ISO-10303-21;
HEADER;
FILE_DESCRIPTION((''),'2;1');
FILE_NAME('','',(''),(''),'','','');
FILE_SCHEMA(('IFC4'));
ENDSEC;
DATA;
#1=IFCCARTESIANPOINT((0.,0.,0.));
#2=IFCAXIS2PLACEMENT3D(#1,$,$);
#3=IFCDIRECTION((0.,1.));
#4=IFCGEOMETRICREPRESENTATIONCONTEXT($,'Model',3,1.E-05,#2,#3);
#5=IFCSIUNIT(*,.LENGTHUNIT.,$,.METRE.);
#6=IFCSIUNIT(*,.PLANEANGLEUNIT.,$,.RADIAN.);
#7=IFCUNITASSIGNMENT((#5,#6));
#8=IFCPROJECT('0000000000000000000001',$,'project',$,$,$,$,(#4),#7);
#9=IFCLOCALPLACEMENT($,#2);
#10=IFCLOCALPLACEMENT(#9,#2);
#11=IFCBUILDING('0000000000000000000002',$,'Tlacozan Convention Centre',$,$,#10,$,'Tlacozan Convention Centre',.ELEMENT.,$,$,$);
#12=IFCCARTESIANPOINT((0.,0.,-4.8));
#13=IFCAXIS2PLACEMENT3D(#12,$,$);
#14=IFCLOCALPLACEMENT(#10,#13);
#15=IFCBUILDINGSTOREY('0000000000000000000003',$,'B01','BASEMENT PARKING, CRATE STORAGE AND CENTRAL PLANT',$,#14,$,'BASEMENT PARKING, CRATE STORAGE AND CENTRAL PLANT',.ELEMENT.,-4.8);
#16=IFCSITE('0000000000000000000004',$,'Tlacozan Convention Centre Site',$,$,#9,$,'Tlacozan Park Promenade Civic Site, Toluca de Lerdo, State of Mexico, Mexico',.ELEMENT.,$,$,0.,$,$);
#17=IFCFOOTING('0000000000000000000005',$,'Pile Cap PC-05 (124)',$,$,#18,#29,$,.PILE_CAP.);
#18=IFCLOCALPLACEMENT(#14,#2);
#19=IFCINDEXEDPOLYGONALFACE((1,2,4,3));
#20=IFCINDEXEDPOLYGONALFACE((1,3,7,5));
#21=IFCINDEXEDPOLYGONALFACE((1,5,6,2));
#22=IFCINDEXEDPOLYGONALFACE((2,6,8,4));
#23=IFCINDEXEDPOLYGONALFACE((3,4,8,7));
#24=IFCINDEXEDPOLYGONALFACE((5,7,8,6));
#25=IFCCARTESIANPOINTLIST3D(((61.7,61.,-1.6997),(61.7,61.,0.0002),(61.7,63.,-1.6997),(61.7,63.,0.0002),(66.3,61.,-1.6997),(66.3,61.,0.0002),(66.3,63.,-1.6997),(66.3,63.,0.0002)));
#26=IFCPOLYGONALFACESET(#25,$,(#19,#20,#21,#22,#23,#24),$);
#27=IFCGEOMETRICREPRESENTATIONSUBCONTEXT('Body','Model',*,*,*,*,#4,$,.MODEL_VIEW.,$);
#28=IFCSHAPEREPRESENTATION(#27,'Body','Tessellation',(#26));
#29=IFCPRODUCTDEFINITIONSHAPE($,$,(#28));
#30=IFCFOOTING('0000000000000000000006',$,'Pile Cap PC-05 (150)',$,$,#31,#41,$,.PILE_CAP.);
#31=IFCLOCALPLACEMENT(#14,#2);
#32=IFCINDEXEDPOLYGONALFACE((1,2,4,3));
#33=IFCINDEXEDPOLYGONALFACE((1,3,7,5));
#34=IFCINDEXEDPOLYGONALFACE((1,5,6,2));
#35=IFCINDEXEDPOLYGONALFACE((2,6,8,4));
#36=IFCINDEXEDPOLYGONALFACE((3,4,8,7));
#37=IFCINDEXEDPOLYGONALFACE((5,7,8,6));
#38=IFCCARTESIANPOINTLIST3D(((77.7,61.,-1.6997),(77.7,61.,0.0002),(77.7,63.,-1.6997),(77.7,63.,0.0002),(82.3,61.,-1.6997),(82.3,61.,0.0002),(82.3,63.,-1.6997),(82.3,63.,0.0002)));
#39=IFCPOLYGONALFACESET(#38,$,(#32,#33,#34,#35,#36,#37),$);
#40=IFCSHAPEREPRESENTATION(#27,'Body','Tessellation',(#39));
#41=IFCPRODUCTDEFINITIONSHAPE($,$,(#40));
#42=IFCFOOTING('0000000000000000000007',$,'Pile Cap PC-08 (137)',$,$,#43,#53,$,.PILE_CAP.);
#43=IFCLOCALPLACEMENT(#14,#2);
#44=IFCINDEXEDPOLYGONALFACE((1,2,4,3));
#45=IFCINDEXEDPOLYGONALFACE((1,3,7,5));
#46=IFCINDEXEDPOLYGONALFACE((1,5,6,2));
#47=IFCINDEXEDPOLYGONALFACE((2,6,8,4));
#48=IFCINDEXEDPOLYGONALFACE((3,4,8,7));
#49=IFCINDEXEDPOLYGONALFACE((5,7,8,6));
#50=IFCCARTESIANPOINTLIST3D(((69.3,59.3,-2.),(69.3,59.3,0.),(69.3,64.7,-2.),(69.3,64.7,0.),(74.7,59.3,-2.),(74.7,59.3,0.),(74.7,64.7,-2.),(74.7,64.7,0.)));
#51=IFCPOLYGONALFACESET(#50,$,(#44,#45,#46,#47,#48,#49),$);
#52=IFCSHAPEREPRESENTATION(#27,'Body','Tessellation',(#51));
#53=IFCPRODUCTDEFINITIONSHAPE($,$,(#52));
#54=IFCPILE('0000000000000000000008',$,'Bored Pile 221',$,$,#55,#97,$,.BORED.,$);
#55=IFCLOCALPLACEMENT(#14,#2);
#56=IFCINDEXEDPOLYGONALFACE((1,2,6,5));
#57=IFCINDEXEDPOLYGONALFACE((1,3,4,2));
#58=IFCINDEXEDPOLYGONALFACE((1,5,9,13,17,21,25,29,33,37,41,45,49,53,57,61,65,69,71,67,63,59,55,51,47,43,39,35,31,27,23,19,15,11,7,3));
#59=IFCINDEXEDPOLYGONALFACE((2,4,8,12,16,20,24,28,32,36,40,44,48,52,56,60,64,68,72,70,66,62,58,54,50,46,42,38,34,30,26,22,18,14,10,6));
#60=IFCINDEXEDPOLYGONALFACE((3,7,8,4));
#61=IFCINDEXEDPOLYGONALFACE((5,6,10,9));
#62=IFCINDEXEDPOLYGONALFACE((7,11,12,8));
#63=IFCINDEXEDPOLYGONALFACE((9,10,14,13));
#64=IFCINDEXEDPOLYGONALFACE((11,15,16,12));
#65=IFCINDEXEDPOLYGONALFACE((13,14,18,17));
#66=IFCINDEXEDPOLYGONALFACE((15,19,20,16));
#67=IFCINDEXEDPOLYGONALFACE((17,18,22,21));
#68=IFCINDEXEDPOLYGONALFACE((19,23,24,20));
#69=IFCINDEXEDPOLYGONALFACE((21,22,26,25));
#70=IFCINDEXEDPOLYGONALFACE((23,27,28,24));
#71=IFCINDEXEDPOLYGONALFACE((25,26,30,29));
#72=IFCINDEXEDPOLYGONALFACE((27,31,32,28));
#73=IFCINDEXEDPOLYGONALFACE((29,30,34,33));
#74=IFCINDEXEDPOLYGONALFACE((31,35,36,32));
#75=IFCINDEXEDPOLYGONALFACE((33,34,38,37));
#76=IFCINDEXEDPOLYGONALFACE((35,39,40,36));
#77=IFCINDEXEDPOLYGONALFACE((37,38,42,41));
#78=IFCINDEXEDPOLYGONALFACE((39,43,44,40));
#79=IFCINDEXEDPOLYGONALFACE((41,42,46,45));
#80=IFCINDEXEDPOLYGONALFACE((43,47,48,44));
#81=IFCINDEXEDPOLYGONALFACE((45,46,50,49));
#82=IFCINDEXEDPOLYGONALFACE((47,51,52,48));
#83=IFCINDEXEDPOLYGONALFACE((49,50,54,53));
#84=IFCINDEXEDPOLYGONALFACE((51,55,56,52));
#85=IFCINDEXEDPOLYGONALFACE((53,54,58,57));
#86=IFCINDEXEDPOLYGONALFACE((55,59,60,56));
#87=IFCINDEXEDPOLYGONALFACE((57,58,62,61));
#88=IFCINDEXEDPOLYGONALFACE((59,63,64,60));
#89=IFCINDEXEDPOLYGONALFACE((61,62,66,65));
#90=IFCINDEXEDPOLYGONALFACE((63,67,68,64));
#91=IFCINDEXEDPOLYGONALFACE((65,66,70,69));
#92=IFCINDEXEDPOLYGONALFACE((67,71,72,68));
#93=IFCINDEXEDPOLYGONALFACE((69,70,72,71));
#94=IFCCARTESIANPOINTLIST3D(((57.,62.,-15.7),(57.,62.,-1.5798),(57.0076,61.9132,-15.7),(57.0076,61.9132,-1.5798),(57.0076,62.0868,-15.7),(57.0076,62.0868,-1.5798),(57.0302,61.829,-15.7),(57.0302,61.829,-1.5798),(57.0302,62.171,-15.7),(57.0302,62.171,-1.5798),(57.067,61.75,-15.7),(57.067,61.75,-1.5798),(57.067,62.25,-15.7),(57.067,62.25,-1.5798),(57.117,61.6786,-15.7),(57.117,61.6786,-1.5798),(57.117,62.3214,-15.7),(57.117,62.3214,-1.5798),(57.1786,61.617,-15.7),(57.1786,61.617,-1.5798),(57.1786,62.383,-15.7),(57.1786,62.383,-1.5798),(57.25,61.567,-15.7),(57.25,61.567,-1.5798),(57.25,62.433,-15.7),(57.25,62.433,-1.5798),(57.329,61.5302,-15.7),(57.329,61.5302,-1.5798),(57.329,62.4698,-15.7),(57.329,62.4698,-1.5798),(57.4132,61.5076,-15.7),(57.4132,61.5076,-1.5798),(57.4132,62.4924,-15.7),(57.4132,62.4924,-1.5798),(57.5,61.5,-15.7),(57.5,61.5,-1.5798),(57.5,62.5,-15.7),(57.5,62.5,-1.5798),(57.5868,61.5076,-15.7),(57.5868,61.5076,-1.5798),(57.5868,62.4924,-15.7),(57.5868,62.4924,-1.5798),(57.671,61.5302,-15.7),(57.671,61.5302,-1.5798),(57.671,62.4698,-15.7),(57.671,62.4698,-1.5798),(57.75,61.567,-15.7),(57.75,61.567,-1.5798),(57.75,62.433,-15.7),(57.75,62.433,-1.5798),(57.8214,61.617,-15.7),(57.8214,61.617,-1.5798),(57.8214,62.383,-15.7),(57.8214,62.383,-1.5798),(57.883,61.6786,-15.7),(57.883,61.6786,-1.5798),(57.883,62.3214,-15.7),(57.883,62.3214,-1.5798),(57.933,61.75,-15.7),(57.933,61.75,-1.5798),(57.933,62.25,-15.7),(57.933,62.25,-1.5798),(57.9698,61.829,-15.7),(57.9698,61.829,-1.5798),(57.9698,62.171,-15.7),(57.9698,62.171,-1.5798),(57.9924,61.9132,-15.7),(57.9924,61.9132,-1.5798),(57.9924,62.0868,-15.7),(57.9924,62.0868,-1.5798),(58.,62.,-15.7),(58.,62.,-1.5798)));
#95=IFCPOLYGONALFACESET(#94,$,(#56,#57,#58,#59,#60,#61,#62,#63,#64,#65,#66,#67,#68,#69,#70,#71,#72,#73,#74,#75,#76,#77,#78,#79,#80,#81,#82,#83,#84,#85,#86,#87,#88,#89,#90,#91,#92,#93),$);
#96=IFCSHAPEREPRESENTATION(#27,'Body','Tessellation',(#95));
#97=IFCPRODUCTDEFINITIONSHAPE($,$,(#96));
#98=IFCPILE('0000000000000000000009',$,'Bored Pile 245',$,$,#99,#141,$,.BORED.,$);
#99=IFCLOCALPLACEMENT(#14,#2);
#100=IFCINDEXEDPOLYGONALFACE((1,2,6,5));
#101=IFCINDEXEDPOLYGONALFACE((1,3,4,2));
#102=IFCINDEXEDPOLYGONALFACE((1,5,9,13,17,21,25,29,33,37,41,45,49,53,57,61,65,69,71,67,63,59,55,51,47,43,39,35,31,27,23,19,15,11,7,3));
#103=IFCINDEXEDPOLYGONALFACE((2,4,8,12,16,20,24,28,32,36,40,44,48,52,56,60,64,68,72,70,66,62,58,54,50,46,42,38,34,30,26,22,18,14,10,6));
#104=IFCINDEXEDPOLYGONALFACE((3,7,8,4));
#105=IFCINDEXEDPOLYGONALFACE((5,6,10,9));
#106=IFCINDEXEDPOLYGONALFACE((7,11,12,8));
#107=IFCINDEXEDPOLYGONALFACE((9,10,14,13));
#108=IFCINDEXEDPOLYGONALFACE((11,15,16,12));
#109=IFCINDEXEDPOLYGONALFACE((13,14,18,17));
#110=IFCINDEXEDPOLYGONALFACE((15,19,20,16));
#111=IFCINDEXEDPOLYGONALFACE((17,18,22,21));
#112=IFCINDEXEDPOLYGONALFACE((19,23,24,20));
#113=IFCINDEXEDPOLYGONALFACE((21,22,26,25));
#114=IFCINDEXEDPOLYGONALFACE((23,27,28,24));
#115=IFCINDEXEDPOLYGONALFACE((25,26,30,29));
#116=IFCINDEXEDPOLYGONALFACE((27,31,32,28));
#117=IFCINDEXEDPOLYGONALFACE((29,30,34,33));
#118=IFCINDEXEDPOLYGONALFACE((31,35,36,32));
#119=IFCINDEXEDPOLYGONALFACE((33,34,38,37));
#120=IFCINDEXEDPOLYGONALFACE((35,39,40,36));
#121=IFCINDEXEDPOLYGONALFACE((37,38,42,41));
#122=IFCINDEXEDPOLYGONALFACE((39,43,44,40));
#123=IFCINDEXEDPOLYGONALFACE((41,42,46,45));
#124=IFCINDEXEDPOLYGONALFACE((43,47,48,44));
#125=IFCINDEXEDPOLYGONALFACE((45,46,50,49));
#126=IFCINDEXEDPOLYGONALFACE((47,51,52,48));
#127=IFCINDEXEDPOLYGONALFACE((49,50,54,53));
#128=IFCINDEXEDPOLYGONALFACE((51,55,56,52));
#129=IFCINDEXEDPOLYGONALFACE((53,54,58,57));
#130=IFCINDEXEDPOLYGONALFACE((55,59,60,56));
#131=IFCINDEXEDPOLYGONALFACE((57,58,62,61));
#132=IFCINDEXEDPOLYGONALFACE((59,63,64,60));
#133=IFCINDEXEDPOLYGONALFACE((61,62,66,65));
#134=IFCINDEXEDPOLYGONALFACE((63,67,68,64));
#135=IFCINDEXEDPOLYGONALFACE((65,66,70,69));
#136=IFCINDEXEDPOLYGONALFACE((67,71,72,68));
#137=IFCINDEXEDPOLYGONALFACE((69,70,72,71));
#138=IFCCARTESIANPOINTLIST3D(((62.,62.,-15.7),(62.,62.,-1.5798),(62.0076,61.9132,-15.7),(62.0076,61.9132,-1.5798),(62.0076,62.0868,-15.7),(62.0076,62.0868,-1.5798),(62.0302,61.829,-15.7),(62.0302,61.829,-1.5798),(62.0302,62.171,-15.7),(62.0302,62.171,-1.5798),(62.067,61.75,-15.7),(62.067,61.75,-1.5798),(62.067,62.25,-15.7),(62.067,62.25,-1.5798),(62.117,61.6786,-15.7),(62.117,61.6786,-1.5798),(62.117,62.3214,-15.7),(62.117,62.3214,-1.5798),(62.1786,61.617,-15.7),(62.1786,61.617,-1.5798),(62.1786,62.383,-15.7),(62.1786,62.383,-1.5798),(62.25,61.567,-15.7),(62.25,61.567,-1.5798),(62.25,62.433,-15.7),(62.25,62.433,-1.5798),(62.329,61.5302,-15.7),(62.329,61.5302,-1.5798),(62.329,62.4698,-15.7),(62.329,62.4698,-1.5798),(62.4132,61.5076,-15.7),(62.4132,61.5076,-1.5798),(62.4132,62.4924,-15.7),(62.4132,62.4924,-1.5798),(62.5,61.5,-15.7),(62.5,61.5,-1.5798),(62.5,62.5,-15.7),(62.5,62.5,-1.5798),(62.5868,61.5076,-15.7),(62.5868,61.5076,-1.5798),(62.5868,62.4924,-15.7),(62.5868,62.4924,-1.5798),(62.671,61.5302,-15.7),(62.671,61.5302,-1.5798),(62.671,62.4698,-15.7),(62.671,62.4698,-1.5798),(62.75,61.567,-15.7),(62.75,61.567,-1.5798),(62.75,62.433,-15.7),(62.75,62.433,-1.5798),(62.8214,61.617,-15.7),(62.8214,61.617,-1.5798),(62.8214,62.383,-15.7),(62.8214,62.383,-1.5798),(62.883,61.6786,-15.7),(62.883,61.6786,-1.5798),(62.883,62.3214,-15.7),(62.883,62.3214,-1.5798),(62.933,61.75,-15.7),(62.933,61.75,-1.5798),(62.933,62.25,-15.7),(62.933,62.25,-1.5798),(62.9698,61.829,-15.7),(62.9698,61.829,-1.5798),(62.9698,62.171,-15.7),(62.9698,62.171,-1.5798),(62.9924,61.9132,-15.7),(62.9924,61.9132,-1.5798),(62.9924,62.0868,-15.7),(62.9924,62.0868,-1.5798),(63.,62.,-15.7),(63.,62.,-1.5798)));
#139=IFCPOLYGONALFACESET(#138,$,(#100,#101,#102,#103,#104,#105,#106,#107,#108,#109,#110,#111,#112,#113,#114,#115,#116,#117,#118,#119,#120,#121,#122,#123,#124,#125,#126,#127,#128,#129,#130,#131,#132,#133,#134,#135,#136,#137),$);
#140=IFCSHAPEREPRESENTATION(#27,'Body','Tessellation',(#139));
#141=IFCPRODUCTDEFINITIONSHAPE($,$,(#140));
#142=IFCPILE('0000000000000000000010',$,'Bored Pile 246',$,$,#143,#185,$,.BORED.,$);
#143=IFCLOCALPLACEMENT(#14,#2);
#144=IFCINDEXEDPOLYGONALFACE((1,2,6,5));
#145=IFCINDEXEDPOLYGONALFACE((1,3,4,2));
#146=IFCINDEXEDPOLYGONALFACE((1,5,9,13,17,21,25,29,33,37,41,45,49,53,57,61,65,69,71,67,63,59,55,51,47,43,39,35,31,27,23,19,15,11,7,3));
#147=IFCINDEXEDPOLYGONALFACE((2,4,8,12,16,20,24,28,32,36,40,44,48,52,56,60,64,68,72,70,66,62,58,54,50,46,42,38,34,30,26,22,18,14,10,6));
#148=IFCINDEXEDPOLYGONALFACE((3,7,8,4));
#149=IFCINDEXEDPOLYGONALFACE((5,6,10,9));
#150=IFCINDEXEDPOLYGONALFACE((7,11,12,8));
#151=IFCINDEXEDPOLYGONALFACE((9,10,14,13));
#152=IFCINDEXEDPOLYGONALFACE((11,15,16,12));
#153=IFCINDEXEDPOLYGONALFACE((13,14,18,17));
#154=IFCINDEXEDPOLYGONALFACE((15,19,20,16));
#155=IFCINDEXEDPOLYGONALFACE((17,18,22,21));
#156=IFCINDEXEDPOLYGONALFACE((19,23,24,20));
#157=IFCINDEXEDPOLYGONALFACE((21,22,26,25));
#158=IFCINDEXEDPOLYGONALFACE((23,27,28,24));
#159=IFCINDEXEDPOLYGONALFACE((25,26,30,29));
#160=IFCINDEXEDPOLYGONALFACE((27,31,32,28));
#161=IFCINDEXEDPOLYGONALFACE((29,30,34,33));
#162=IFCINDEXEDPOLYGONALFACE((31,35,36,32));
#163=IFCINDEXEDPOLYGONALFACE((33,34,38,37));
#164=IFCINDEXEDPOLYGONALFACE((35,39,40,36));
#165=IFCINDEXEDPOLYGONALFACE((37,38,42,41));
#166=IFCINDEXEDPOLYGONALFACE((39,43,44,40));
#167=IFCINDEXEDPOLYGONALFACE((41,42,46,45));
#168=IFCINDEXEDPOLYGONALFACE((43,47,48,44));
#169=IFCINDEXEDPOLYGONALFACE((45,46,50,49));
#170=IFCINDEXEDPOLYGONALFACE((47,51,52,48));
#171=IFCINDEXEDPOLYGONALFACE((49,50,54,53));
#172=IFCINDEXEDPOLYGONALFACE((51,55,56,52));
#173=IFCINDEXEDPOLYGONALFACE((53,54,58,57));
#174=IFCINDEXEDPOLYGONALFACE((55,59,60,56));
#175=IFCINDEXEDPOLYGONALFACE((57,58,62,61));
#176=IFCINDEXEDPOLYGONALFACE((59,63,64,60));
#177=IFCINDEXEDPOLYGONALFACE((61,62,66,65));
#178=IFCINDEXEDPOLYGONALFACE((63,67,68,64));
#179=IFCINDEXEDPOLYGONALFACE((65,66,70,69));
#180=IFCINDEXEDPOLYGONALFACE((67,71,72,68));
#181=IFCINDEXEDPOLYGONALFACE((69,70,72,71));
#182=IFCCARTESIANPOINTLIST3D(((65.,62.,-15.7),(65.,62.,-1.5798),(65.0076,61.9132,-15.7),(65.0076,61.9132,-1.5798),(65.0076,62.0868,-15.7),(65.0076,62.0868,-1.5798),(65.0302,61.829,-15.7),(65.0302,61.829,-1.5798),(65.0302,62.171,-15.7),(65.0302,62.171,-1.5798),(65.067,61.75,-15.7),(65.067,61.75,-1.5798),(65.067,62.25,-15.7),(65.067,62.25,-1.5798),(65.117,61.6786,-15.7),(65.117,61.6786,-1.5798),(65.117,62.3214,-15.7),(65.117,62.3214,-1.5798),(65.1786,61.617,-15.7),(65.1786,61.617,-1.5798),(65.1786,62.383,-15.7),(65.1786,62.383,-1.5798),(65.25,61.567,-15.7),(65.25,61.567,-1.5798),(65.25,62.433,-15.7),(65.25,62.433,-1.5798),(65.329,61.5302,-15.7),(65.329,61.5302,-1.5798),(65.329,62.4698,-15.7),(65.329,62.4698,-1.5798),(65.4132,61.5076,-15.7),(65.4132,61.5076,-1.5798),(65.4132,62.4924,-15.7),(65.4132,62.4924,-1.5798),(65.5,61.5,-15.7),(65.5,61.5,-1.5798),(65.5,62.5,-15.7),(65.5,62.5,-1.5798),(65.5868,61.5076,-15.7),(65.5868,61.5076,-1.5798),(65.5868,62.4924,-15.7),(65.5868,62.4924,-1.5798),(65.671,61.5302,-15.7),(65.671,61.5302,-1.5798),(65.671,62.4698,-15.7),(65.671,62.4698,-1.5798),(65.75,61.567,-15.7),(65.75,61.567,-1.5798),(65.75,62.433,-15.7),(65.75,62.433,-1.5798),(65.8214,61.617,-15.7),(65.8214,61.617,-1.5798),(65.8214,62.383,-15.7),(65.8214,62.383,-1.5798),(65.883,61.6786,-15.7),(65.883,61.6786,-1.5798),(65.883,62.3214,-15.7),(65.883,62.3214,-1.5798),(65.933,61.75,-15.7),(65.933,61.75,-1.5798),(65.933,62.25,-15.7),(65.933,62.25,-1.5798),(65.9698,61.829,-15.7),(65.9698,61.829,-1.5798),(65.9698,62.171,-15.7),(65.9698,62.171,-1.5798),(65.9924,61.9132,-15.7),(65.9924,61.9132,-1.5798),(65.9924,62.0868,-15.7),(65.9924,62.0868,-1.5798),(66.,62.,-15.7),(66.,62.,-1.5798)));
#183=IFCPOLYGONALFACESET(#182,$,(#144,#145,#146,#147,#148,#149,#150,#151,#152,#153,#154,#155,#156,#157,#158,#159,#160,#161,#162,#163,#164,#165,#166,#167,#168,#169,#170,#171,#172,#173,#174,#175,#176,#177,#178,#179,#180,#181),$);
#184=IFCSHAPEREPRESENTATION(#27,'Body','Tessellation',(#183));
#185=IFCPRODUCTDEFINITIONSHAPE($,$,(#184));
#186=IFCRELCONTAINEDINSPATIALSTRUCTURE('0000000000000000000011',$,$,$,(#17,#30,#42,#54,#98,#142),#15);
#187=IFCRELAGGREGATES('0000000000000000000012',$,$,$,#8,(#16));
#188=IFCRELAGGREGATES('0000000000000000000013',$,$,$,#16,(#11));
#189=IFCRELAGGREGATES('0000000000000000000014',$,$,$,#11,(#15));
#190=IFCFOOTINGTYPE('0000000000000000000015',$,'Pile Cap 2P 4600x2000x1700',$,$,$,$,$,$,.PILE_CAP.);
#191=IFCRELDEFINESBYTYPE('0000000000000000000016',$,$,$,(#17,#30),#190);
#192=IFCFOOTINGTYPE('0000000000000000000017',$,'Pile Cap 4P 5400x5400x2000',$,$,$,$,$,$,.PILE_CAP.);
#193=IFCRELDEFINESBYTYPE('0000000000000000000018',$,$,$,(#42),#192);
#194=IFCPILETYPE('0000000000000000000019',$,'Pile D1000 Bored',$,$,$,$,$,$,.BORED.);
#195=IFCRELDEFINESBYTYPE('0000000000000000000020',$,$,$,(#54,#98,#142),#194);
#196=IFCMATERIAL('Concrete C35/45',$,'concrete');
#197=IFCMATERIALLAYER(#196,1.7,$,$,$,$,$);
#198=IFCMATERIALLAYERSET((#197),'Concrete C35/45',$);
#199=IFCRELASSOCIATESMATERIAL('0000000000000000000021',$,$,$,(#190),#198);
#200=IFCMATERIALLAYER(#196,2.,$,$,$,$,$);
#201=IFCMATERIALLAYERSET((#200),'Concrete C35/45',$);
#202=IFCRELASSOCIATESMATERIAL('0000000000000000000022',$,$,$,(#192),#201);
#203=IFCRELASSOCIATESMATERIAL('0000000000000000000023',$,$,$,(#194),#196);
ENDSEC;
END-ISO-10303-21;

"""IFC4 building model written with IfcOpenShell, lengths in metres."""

from ifc_helpers import new_model, si_unit, direction, frame, origin, origin_2d, place, context, subcontext, project, spatial, rectangle, circle, extrude, material, layer, layer_set, material_profile, profile_set, type_object, element, save


model = new_model("IFC4")

# Units and contexts
model_context = context("Model", 3, precision=1e-05, world=origin(), true_north=direction((0.0, 1.0)))
body_context = subcontext(model_context, "Body", "Model", "MODEL_VIEW")
ifc_project = project(units=[si_unit("LENGTHUNIT", "METRE"), si_unit("PLANEANGLEUNIT", "RADIAN")], contexts=[model_context])

# Site, building, storey
site_placement = place(None, origin())
site = spatial("IfcSite", under=ifc_project, at=site_placement, Name="Tlacozan Convention Centre Site", LongName="Tlacozan Park Promenade Civic Site, Toluca de Lerdo, State of Mexico, Mexico", CompositionType="ELEMENT", RefElevation=0.0)
building_placement = place(site_placement, origin())
building = spatial("IfcBuilding", under=site, at=building_placement, Name="Tlacozan Convention Centre", LongName="Tlacozan Convention Centre", CompositionType="ELEMENT")
storey_placement = place(building_placement, frame((0.0, 0.0, -4.8)))
storey = spatial("IfcBuildingStorey", under=building, at=storey_placement, Name="B01", Description="BASEMENT PARKING, CRATE STORAGE AND CENTRAL PLANT", LongName="BASEMENT PARKING, CRATE STORAGE AND CENTRAL PLANT", CompositionType="ELEMENT", Elevation=-4.8)

# Footings
ifc_material_1 = material(Name="Concrete C35/45", Category="concrete")
ifc_layer_1 = layer(ifc_material_1, 1.7)
ifc_layer_set_1 = layer_set([ifc_layer_1], Name="Concrete C35/45")
footing_type_1 = type_object("IfcFootingType", Name="Pile Cap 2P 4600x2000x1700", PredefinedType="PILE_CAP", material=ifc_layer_set_1)
for number, where, z_axis, x_axis, name in (
    (1, (64.0, 62.0, -1.6997), (0.0, 0.0, 1.0), (1.0, 0.0, 0.0), "Pile Cap PC-05 (124)"),
    (2, (80.0, 62.0, -1.6997), (0.0, 0.0, 1.0), (1.0, 0.0, 0.0), "Pile Cap PC-05 (150)"),
):
    element("IfcFooting", number, at=place(storey_placement, frame(where, z_axis=z_axis, x_axis=x_axis)), inside=storey, type_object=footing_type_1, Name=name, PredefinedType="PILE_CAP", context=body_context, shape_type="SweptSolid", body=[
        extrude(rectangle(XDim=4.6001, YDim=2.0, at=origin_2d()), origin(), (0.0, 0.0, 1.0), 1.7),
    ])
ifc_layer_2 = layer(ifc_material_1, 2.0)
ifc_layer_set_2 = layer_set([ifc_layer_2], Name="Concrete C35/45")
footing_type_2 = type_object("IfcFootingType", Name="Pile Cap 4P 5400x5400x2000", PredefinedType="PILE_CAP", material=ifc_layer_set_2)
footing_placement = place(storey_placement, frame((72.0, 62.0, -2.0), z_axis=(0.0, 0.0, 1.0), x_axis=(1.0, 0.0, 0.0)))
element("IfcFooting", 3, at=footing_placement, inside=storey, type_object=footing_type_2, Name="Pile Cap PC-08 (137)", PredefinedType="PILE_CAP", context=body_context, shape_type="SweptSolid", body=[
    extrude(rectangle(XDim=5.3999, YDim=5.3999, at=origin_2d()), origin(), (0.0, 0.0, 1.0), 2.0),
])

# Piles
ifc_material_profile_1 = material_profile(ifc_material_1, circle(Radius=0.5, at=origin_2d()), Name="PILE D1000")
ifc_profile_set_1 = profile_set([ifc_material_profile_1], Name="Concrete C35/45")
pile_type_1 = type_object("IfcPileType", Name="Pile D1000 Bored", PredefinedType="BORED", material=ifc_profile_set_1)
for number, where, z_axis, x_axis, name in (
    (4, (57.5, 62.0, -1.5798), (0.0, 0.0, -1.0), (1.0, 0.0, 0.0), "Bored Pile 221"),
    (5, (62.5, 62.0, -1.5798), (0.0, 0.0, -1.0), (1.0, 0.0, 0.0), "Bored Pile 245"),
    (6, (65.5, 62.0, -1.5798), (0.0, 0.0, -1.0), (1.0, 0.0, 0.0), "Bored Pile 246"),
):
    element("IfcPile", number, at=place(storey_placement, frame(where, z_axis=z_axis, x_axis=x_axis)), inside=storey, type_object=pile_type_1, Name=name, PredefinedType="BORED", context=body_context, shape_type="SweptSolid", body=[
        extrude(circle(Radius=0.5, at=origin_2d()), origin(), (0.0, 0.0, 1.0), 14.1201),
    ])

save(model, "model.ifc")
